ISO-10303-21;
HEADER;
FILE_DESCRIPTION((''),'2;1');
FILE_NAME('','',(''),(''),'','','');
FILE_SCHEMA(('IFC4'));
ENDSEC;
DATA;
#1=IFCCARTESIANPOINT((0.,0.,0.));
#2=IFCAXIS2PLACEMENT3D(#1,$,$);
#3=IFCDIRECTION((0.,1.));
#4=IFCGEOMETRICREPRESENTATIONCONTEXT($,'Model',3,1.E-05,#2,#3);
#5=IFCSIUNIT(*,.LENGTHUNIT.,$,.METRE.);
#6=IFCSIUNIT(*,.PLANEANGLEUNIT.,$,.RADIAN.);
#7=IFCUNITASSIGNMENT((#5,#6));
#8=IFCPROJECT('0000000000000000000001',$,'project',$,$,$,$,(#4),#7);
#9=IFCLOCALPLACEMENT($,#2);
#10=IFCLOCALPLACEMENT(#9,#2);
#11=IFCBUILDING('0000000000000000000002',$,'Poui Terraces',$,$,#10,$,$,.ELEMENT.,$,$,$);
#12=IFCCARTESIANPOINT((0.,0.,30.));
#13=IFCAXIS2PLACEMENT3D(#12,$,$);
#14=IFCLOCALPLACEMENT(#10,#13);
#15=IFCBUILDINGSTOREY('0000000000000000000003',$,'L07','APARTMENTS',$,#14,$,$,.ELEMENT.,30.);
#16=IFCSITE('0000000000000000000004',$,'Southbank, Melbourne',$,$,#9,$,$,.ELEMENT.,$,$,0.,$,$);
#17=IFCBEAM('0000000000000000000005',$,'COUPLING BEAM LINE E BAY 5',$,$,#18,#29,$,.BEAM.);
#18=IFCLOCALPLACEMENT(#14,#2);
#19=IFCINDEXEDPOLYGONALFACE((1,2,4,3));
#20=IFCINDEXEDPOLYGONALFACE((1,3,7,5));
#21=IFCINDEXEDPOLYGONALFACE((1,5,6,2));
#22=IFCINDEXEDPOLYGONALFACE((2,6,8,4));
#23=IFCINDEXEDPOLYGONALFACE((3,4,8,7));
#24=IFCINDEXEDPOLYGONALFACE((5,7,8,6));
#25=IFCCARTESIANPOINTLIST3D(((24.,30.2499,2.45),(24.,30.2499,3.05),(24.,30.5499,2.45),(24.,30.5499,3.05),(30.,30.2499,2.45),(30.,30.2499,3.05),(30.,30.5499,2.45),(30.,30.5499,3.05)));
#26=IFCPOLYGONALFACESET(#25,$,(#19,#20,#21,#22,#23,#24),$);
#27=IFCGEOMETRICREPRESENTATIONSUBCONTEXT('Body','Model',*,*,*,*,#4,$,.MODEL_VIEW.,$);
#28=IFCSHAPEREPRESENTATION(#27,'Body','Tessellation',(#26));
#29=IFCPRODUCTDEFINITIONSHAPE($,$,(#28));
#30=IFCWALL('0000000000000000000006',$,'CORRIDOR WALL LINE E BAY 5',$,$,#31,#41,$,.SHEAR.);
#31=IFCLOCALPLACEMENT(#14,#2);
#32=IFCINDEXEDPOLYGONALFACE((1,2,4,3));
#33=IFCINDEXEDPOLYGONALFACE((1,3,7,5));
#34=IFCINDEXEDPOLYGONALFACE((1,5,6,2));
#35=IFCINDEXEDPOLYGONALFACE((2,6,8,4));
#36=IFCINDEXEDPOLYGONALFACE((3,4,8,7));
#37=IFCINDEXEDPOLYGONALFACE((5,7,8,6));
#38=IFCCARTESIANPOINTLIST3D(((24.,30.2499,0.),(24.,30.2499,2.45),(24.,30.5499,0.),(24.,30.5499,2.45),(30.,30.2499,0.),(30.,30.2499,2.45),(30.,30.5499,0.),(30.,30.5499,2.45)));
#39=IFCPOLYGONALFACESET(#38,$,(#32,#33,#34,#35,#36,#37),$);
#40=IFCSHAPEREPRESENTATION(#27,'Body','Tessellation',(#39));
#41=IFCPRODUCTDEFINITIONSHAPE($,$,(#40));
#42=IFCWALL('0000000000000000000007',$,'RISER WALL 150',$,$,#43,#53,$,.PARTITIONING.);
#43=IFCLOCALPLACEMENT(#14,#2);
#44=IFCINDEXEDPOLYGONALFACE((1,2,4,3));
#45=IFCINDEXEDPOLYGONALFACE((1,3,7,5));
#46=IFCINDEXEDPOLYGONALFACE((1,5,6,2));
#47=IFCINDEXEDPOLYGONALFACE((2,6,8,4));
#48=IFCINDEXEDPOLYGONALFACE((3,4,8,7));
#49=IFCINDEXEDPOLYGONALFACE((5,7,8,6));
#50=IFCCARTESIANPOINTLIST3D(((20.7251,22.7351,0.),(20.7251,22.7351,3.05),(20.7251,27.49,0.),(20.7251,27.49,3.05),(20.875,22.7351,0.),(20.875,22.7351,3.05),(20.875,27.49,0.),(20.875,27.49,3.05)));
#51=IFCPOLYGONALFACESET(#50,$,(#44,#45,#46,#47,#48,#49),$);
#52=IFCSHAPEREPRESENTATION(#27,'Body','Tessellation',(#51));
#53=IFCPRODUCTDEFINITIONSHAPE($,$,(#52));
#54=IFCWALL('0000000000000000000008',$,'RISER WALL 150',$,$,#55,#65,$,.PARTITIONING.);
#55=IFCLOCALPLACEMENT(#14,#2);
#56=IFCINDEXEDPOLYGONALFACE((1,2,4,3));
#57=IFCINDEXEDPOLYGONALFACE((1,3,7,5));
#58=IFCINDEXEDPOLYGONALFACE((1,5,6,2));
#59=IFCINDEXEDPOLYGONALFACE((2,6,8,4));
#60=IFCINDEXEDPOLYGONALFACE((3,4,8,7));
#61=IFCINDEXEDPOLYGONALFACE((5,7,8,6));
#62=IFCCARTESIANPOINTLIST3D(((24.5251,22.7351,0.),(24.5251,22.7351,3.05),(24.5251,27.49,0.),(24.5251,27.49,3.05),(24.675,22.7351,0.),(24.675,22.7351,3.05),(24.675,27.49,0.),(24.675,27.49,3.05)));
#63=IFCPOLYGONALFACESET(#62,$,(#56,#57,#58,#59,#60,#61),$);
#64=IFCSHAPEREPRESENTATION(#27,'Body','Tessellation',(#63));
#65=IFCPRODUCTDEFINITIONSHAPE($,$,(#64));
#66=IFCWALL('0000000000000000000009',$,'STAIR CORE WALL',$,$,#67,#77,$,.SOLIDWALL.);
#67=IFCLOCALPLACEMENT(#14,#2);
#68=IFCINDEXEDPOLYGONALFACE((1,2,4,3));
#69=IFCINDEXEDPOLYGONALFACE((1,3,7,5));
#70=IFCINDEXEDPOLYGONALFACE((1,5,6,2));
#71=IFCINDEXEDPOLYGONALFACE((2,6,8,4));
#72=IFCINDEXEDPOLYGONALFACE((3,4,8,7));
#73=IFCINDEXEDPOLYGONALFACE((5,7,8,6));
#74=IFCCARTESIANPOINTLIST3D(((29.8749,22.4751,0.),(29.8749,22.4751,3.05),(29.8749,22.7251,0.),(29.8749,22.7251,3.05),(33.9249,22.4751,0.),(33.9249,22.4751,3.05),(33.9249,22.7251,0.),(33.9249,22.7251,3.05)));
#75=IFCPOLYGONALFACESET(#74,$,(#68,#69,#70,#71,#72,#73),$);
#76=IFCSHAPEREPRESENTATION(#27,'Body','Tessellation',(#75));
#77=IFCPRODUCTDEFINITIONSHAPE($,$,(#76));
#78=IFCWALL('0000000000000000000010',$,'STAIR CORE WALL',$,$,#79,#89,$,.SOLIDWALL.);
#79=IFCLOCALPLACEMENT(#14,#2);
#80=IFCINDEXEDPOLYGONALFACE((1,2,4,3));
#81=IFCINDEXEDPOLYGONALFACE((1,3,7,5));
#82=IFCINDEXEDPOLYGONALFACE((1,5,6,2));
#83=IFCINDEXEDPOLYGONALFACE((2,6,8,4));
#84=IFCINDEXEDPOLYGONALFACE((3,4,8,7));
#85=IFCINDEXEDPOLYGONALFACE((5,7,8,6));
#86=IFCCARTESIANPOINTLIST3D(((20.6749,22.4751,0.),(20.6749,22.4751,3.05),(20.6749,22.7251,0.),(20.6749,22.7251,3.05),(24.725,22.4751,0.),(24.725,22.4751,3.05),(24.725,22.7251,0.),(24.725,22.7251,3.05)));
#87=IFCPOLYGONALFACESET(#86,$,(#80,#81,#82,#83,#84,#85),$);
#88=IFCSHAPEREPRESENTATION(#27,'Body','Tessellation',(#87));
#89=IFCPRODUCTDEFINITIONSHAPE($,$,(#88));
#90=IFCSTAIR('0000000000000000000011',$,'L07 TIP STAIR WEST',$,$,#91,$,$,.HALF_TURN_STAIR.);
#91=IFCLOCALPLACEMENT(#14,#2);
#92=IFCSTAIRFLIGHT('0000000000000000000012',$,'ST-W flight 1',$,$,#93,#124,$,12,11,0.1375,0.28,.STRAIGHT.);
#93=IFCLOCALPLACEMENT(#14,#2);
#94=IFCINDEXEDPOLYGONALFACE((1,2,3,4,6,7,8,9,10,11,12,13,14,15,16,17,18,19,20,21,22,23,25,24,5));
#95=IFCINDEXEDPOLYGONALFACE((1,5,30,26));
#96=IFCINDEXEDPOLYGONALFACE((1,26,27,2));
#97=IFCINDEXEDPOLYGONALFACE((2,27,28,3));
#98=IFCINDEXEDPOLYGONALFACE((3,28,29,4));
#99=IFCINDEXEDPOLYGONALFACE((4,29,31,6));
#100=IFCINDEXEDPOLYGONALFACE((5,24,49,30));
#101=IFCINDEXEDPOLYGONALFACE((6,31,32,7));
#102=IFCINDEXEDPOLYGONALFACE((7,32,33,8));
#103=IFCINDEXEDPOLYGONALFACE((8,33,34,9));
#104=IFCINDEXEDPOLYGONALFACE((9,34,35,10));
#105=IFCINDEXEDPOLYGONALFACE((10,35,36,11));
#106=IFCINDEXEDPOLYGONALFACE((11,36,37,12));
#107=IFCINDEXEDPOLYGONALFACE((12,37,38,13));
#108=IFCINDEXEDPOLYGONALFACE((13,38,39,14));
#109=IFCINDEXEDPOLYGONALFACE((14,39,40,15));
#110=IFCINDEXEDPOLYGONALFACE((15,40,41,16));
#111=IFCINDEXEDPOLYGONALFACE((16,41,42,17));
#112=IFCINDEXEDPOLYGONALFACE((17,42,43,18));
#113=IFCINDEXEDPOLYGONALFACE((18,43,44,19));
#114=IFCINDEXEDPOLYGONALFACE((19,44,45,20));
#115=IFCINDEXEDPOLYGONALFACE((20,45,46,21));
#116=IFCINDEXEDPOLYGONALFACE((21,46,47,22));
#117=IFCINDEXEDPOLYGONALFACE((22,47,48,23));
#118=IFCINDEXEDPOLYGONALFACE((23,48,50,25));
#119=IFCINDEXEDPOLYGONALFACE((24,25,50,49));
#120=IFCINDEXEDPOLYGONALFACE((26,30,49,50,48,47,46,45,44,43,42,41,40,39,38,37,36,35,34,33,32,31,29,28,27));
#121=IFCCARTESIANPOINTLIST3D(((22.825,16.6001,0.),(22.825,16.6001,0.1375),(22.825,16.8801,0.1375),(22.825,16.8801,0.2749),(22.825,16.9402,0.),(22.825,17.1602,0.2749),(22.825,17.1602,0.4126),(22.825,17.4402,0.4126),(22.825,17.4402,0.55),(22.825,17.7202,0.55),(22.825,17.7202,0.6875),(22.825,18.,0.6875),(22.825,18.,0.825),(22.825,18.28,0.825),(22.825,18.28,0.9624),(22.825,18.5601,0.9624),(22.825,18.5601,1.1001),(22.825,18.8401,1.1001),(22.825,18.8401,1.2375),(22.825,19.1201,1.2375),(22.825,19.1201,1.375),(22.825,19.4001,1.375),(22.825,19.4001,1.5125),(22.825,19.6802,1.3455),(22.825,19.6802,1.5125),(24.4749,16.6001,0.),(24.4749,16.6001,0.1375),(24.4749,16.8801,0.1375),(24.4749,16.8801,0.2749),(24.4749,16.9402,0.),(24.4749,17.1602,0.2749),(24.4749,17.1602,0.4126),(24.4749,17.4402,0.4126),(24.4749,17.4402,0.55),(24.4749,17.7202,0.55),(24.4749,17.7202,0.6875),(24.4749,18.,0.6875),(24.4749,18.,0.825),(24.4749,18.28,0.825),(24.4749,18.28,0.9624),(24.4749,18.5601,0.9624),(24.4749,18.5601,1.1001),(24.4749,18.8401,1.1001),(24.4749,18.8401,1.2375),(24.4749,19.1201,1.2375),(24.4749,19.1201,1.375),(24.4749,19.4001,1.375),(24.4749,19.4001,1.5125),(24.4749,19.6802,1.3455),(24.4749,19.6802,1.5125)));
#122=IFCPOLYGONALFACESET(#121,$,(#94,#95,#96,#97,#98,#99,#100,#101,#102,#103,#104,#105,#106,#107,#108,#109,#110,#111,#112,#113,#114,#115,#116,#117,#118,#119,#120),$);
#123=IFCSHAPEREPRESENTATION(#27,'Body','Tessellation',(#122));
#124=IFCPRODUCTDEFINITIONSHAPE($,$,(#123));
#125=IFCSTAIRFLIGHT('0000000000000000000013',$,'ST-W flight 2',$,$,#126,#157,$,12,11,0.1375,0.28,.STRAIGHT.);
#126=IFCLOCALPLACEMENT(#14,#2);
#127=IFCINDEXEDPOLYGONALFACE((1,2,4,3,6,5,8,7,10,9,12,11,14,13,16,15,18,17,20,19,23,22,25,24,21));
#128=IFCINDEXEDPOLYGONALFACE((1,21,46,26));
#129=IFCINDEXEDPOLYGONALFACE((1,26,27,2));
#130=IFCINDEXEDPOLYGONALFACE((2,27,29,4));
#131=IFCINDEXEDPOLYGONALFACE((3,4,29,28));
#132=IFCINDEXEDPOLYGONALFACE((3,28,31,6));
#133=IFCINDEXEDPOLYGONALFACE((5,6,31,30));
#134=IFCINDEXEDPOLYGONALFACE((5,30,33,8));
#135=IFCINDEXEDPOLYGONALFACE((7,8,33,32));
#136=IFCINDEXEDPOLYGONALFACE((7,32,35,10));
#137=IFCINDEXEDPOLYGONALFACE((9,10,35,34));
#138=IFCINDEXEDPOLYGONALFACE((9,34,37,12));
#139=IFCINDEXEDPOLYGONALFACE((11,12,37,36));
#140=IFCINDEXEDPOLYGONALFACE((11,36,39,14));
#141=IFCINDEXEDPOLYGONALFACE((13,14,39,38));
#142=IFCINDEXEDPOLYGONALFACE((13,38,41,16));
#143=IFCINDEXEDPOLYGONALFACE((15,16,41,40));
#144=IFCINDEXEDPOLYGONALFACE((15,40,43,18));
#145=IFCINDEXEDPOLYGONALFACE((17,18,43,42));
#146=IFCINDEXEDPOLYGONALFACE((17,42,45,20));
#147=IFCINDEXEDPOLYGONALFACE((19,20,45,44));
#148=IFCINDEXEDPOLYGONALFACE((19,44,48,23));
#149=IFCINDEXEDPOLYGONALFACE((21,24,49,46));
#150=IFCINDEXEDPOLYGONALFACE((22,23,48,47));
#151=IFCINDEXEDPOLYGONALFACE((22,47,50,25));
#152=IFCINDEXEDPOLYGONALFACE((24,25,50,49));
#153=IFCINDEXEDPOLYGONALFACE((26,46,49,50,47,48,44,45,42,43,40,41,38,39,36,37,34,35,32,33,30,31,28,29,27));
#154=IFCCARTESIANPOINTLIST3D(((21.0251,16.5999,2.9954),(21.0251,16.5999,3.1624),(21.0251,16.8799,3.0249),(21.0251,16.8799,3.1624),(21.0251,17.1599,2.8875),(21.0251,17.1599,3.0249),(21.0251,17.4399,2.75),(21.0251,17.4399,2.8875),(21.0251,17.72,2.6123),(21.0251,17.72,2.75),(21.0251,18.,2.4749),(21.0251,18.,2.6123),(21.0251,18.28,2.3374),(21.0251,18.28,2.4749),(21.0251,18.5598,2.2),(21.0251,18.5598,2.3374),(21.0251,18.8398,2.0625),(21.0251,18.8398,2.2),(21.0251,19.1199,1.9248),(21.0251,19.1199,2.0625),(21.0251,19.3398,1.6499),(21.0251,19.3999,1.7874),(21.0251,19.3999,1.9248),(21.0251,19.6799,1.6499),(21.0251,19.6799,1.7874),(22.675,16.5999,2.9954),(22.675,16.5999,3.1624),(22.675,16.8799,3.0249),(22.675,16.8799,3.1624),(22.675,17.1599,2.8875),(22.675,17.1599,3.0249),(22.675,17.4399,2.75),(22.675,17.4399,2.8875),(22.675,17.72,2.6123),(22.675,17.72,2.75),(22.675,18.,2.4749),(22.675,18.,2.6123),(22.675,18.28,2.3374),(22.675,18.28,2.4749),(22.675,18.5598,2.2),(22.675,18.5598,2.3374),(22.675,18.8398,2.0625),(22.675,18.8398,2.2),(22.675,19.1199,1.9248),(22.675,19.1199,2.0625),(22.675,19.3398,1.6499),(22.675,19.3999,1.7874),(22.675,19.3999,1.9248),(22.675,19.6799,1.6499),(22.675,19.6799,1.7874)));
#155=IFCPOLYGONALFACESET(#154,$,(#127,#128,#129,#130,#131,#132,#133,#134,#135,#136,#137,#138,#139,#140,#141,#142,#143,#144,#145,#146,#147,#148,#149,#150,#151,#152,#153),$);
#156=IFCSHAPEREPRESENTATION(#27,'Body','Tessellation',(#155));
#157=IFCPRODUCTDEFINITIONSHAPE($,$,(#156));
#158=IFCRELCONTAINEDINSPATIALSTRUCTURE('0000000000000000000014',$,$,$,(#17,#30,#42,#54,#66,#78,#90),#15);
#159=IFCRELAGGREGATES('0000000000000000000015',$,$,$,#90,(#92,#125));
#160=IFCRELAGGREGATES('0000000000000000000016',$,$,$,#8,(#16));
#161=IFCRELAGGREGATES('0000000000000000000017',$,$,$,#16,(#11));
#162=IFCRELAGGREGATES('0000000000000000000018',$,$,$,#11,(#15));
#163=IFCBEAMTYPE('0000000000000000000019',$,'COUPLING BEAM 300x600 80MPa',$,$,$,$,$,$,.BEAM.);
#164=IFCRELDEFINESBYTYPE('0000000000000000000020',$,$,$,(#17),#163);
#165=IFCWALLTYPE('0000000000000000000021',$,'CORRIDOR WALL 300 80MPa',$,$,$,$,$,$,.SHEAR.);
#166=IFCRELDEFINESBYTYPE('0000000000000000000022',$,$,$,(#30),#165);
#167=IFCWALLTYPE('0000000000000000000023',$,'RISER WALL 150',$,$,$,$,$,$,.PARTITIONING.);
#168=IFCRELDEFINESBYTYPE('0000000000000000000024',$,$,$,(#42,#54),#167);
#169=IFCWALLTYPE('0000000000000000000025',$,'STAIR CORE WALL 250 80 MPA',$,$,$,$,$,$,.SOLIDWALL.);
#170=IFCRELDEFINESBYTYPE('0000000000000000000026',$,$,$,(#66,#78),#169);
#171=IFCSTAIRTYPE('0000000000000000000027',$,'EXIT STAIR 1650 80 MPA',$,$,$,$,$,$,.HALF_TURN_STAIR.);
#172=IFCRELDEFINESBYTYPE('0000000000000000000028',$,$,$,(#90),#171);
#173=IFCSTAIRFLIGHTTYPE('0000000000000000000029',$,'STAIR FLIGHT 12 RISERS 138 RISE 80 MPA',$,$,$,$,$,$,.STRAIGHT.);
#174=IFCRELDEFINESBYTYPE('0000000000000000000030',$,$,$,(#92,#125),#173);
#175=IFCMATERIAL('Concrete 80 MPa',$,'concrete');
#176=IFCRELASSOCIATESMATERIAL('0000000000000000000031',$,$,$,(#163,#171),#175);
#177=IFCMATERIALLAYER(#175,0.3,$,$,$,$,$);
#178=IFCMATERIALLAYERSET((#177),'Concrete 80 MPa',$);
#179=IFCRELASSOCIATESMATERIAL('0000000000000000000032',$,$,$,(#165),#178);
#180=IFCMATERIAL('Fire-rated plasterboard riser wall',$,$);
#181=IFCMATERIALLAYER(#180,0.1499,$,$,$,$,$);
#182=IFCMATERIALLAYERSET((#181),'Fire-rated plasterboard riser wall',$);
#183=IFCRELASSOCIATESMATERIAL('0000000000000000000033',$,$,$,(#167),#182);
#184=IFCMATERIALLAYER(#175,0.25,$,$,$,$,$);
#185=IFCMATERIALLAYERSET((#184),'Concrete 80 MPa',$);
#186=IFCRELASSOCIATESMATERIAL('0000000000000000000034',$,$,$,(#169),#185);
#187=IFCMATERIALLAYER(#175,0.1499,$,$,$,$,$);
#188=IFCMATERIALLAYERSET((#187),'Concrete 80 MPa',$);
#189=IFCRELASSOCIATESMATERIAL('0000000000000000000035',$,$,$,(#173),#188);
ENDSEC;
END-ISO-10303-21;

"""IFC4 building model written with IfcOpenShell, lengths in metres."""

from ifc_helpers import new_model, si_unit, direction, frame, frame_2d, origin, origin_2d, place, context, subcontext, project, spatial, polyline, rectangle, outline, extrude, source, transform, mapped, material, layer, layer_set, material_profile, profile_set, type_object, element, aggregate, save


model = new_model("IFC4")

# Units and contexts
model_context = context("Model", 3, precision=1e-05, world=origin(), true_north=direction((0.0, 1.0)))
body_context = subcontext(model_context, "Body", "Model", "MODEL_VIEW")
ifc_project = project(units=[si_unit("LENGTHUNIT", "METRE"), si_unit("PLANEANGLEUNIT", "RADIAN")], contexts=[model_context])

# Site, building, storey
site_placement = place(None, origin())
site = spatial("IfcSite", under=ifc_project, at=site_placement, Name="Southbank, Melbourne", CompositionType="ELEMENT", RefElevation=0.0)
building_placement = place(site_placement, origin())
building = spatial("IfcBuilding", under=site, at=building_placement, Name="Poui Terraces", CompositionType="ELEMENT")
storey_placement = place(building_placement, frame((0.0, 0.0, 30.0)))
storey = spatial("IfcBuildingStorey", under=building, at=storey_placement, Name="L07", Description="APARTMENTS", CompositionType="ELEMENT", Elevation=30.0)

# Beam
ifc_material_1 = material(Name="Concrete 80 MPa", Category="concrete")
ifc_material_profile = material_profile(ifc_material_1, rectangle(XDim=0.3, YDim=0.6001, at=origin_2d()), Name="RC 300x600")
ifc_profile_set = profile_set([ifc_material_profile], Name="Concrete 80 MPa")
beam_type = type_object("IfcBeamType", Name="COUPLING BEAM 300x600 80MPa", PredefinedType="BEAM", material=ifc_profile_set)
shared_shape = source(origin(), body_context, "Body", "SweptSolid", [
    extrude(rectangle(XDim=0.3, YDim=0.6001, at=origin_2d()), origin(), (0.0, 0.0, 1.0), 6.0),
])
beam_placement = place(storey_placement, frame((24.0, 30.3999, 2.75), z_axis=(1.0, 0.0, 0.0), x_axis=(0.0, 1.0, 0.0)))
element("IfcBeam", 1, at=beam_placement, inside=storey, type_object=beam_type, Name="COUPLING BEAM LINE E BAY 5", PredefinedType="BEAM", context=body_context, shape_type="MappedRepresentation", body=[
    mapped(shared_shape, transform((0.0, 0.0, 0.0))),
])

# Walls
ifc_layer_1 = layer(ifc_material_1, 0.3)
ifc_layer_set_1 = layer_set([ifc_layer_1], Name="Concrete 80 MPa")
wall_type_1 = type_object("IfcWallType", Name="CORRIDOR WALL 300 80MPa", PredefinedType="SHEAR", material=ifc_layer_set_1)
wall_placement = place(storey_placement, frame((24.0, 30.3999, 0.0), z_axis=(0.0, 0.0, 1.0), x_axis=(1.0, 0.0, 0.0)))
element("IfcWall", 2, at=wall_placement, inside=storey, type_object=wall_type_1, Name="CORRIDOR WALL LINE E BAY 5", PredefinedType="SHEAR", context=body_context, shape_type="SweptSolid", body=[
    extrude(rectangle(XDim=6.0, YDim=0.3, at=frame_2d((3.0, 0.0))), origin(), (0.0, 0.0, 1.0), 2.45),
])
ifc_material_2 = material(Name="Fire-rated plasterboard riser wall")
ifc_layer_2 = layer(ifc_material_2, 0.1499)
ifc_layer_set_2 = layer_set([ifc_layer_2], Name="Fire-rated plasterboard riser wall")
wall_type_2 = type_object("IfcWallType", Name="RISER WALL 150", PredefinedType="PARTITIONING", material=ifc_layer_set_2)
for number, where, z_axis, x_axis, name in (
    (3, (20.8, 22.7351, 0.0), (0.0, 0.0, 1.0), (0.0, 1.0, 0.0), "RISER WALL 150"),
    (4, (24.6001, 22.7351, 0.0), (0.0, 0.0, 1.0), (0.0, 1.0, 0.0), "RISER WALL 150"),
):
    element("IfcWall", number, at=place(storey_placement, frame(where, z_axis=z_axis, x_axis=x_axis)), inside=storey, type_object=wall_type_2, Name=name, PredefinedType="PARTITIONING", context=body_context, shape_type="SweptSolid", body=[
        extrude(rectangle(XDim=4.7549, YDim=0.1499, at=frame_2d((2.3774, 0.0))), origin(), (0.0, 0.0, 1.0), 3.05),
    ])
ifc_layer_3 = layer(ifc_material_1, 0.25)
ifc_layer_set_3 = layer_set([ifc_layer_3], Name="Concrete 80 MPa")
wall_type_3 = type_object("IfcWallType", Name="STAIR CORE WALL 250 80 MPA", PredefinedType="SOLIDWALL", material=ifc_layer_set_3)
for number, where, z_axis, x_axis, name in (
    (5, (29.875, 22.6001, 0.0), (0.0, 0.0, 1.0), (1.0, 0.0, 0.0), "STAIR CORE WALL"),
    (6, (20.675, 22.6001, 0.0), (0.0, 0.0, 1.0), (1.0, 0.0, 0.0), "STAIR CORE WALL"),
):
    element("IfcWall", number, at=place(storey_placement, frame(where, z_axis=z_axis, x_axis=x_axis)), inside=storey, type_object=wall_type_3, Name=name, PredefinedType="SOLIDWALL", context=body_context, shape_type="SweptSolid", body=[
        extrude(rectangle(XDim=4.05, YDim=0.25, at=frame_2d((2.0249, 0.0))), origin(), (0.0, 0.0, 1.0), 3.05),
    ])

# Stair, stair flights
stair_type = type_object("IfcStairType", Name="EXIT STAIR 1650 80 MPA", PredefinedType="HALF_TURN_STAIR", material=ifc_material_1)
stair_placement = place(storey_placement, origin())
stair = element("IfcStair", 7, at=stair_placement, inside=storey, type_object=stair_type, Name="L07 TIP STAIR WEST", PredefinedType="HALF_TURN_STAIR")
ifc_layer_4 = layer(ifc_material_1, 0.1499)
ifc_layer_set_4 = layer_set([ifc_layer_4], Name="Concrete 80 MPa")
stair_flight_type = type_object("IfcStairFlightType", Name="STAIR FLIGHT 12 RISERS 138 RISE 80 MPA", PredefinedType="STRAIGHT", material=ifc_layer_set_4)
stair_flight_1_placement = place(storey_placement, frame((23.6499, 16.6001, 0.0), z_axis=(0.0, 0.0, 1.0), x_axis=(0.0, 1.0, 0.0)))
stair_flight_1 = element("IfcStairFlight", 8, at=stair_flight_1_placement, type_object=stair_flight_type, Name="ST-W flight 1", NumberOfRisers=12, NumberOfTreads=11, PredefinedType="STRAIGHT", RiserHeight=0.1375, TreadLength=0.28, context=body_context, shape_type="SweptSolid", body=[
    extrude(outline(polyline([(0.0, 0.0), (0.0, 0.1375), (0.28, 0.1375), (0.28, 0.2749), (0.5601, 0.2749), (0.5601, 0.4126), (0.8401, 0.4126), (0.8401, 0.55), (1.1201, 0.55), (1.1201, 0.6875), (1.3999, 0.6875), (1.3999, 0.825), (1.6799, 0.825), (1.6799, 0.9624), (1.96, 0.9624), (1.96, 1.1001), (2.24, 1.1001), (2.24, 1.2375), (2.52, 1.2375), (2.52, 1.375), (2.8, 1.375), (2.8, 1.5125), (3.0801, 1.5125), (3.0801, 1.6499), (3.0801, 1.3455), (0.3401, 0.0), (0.0, 0.0)])), frame((0.0, 0.825, 0.0), z_axis=(0.0, -1.0, 0.0), x_axis=(1.0, 0.0, 0.0)), (0.0, 0.0, 1.0), 1.6499),
])
stair_flight_2_placement = place(storey_placement, frame((21.8501, 19.6799, 1.6499), z_axis=(0.0, 0.0, 1.0), x_axis=(0.0, -1.0, 0.0)))
stair_flight_2 = element("IfcStairFlight", 9, at=stair_flight_2_placement, type_object=stair_flight_type, Name="ST-W flight 2", NumberOfRisers=12, NumberOfTreads=11, PredefinedType="STRAIGHT", RiserHeight=0.1375, TreadLength=0.28, context=body_context, shape_type="SweptSolid", body=[
    extrude(outline(polyline([(0.0, 0.0), (0.0, 0.1375), (0.28, 0.1375), (0.28, 0.2749), (0.5601, 0.2749), (0.5601, 0.4126), (0.8401, 0.4126), (0.8401, 0.55), (1.1201, 0.55), (1.1201, 0.6875), (1.3999, 0.6875), (1.3999, 0.825), (1.6799, 0.825), (1.6799, 0.9624), (1.96, 0.9624), (1.96, 1.1001), (2.24, 1.1001), (2.24, 1.2375), (2.52, 1.2375), (2.52, 1.375), (2.8, 1.375), (2.8, 1.5125), (3.0801, 1.5125), (3.0801, 1.6499), (3.0801, 1.3455), (0.3401, 0.0), (0.0, 0.0)])), frame((0.0, 0.825, 0.0), z_axis=(0.0, -1.0, 0.0), x_axis=(1.0, 0.0, 0.0)), (0.0, 0.0, 1.0), 1.6499),
])
aggregate(stair, [stair_flight_1, stair_flight_2])

save(model, "model.ifc")
